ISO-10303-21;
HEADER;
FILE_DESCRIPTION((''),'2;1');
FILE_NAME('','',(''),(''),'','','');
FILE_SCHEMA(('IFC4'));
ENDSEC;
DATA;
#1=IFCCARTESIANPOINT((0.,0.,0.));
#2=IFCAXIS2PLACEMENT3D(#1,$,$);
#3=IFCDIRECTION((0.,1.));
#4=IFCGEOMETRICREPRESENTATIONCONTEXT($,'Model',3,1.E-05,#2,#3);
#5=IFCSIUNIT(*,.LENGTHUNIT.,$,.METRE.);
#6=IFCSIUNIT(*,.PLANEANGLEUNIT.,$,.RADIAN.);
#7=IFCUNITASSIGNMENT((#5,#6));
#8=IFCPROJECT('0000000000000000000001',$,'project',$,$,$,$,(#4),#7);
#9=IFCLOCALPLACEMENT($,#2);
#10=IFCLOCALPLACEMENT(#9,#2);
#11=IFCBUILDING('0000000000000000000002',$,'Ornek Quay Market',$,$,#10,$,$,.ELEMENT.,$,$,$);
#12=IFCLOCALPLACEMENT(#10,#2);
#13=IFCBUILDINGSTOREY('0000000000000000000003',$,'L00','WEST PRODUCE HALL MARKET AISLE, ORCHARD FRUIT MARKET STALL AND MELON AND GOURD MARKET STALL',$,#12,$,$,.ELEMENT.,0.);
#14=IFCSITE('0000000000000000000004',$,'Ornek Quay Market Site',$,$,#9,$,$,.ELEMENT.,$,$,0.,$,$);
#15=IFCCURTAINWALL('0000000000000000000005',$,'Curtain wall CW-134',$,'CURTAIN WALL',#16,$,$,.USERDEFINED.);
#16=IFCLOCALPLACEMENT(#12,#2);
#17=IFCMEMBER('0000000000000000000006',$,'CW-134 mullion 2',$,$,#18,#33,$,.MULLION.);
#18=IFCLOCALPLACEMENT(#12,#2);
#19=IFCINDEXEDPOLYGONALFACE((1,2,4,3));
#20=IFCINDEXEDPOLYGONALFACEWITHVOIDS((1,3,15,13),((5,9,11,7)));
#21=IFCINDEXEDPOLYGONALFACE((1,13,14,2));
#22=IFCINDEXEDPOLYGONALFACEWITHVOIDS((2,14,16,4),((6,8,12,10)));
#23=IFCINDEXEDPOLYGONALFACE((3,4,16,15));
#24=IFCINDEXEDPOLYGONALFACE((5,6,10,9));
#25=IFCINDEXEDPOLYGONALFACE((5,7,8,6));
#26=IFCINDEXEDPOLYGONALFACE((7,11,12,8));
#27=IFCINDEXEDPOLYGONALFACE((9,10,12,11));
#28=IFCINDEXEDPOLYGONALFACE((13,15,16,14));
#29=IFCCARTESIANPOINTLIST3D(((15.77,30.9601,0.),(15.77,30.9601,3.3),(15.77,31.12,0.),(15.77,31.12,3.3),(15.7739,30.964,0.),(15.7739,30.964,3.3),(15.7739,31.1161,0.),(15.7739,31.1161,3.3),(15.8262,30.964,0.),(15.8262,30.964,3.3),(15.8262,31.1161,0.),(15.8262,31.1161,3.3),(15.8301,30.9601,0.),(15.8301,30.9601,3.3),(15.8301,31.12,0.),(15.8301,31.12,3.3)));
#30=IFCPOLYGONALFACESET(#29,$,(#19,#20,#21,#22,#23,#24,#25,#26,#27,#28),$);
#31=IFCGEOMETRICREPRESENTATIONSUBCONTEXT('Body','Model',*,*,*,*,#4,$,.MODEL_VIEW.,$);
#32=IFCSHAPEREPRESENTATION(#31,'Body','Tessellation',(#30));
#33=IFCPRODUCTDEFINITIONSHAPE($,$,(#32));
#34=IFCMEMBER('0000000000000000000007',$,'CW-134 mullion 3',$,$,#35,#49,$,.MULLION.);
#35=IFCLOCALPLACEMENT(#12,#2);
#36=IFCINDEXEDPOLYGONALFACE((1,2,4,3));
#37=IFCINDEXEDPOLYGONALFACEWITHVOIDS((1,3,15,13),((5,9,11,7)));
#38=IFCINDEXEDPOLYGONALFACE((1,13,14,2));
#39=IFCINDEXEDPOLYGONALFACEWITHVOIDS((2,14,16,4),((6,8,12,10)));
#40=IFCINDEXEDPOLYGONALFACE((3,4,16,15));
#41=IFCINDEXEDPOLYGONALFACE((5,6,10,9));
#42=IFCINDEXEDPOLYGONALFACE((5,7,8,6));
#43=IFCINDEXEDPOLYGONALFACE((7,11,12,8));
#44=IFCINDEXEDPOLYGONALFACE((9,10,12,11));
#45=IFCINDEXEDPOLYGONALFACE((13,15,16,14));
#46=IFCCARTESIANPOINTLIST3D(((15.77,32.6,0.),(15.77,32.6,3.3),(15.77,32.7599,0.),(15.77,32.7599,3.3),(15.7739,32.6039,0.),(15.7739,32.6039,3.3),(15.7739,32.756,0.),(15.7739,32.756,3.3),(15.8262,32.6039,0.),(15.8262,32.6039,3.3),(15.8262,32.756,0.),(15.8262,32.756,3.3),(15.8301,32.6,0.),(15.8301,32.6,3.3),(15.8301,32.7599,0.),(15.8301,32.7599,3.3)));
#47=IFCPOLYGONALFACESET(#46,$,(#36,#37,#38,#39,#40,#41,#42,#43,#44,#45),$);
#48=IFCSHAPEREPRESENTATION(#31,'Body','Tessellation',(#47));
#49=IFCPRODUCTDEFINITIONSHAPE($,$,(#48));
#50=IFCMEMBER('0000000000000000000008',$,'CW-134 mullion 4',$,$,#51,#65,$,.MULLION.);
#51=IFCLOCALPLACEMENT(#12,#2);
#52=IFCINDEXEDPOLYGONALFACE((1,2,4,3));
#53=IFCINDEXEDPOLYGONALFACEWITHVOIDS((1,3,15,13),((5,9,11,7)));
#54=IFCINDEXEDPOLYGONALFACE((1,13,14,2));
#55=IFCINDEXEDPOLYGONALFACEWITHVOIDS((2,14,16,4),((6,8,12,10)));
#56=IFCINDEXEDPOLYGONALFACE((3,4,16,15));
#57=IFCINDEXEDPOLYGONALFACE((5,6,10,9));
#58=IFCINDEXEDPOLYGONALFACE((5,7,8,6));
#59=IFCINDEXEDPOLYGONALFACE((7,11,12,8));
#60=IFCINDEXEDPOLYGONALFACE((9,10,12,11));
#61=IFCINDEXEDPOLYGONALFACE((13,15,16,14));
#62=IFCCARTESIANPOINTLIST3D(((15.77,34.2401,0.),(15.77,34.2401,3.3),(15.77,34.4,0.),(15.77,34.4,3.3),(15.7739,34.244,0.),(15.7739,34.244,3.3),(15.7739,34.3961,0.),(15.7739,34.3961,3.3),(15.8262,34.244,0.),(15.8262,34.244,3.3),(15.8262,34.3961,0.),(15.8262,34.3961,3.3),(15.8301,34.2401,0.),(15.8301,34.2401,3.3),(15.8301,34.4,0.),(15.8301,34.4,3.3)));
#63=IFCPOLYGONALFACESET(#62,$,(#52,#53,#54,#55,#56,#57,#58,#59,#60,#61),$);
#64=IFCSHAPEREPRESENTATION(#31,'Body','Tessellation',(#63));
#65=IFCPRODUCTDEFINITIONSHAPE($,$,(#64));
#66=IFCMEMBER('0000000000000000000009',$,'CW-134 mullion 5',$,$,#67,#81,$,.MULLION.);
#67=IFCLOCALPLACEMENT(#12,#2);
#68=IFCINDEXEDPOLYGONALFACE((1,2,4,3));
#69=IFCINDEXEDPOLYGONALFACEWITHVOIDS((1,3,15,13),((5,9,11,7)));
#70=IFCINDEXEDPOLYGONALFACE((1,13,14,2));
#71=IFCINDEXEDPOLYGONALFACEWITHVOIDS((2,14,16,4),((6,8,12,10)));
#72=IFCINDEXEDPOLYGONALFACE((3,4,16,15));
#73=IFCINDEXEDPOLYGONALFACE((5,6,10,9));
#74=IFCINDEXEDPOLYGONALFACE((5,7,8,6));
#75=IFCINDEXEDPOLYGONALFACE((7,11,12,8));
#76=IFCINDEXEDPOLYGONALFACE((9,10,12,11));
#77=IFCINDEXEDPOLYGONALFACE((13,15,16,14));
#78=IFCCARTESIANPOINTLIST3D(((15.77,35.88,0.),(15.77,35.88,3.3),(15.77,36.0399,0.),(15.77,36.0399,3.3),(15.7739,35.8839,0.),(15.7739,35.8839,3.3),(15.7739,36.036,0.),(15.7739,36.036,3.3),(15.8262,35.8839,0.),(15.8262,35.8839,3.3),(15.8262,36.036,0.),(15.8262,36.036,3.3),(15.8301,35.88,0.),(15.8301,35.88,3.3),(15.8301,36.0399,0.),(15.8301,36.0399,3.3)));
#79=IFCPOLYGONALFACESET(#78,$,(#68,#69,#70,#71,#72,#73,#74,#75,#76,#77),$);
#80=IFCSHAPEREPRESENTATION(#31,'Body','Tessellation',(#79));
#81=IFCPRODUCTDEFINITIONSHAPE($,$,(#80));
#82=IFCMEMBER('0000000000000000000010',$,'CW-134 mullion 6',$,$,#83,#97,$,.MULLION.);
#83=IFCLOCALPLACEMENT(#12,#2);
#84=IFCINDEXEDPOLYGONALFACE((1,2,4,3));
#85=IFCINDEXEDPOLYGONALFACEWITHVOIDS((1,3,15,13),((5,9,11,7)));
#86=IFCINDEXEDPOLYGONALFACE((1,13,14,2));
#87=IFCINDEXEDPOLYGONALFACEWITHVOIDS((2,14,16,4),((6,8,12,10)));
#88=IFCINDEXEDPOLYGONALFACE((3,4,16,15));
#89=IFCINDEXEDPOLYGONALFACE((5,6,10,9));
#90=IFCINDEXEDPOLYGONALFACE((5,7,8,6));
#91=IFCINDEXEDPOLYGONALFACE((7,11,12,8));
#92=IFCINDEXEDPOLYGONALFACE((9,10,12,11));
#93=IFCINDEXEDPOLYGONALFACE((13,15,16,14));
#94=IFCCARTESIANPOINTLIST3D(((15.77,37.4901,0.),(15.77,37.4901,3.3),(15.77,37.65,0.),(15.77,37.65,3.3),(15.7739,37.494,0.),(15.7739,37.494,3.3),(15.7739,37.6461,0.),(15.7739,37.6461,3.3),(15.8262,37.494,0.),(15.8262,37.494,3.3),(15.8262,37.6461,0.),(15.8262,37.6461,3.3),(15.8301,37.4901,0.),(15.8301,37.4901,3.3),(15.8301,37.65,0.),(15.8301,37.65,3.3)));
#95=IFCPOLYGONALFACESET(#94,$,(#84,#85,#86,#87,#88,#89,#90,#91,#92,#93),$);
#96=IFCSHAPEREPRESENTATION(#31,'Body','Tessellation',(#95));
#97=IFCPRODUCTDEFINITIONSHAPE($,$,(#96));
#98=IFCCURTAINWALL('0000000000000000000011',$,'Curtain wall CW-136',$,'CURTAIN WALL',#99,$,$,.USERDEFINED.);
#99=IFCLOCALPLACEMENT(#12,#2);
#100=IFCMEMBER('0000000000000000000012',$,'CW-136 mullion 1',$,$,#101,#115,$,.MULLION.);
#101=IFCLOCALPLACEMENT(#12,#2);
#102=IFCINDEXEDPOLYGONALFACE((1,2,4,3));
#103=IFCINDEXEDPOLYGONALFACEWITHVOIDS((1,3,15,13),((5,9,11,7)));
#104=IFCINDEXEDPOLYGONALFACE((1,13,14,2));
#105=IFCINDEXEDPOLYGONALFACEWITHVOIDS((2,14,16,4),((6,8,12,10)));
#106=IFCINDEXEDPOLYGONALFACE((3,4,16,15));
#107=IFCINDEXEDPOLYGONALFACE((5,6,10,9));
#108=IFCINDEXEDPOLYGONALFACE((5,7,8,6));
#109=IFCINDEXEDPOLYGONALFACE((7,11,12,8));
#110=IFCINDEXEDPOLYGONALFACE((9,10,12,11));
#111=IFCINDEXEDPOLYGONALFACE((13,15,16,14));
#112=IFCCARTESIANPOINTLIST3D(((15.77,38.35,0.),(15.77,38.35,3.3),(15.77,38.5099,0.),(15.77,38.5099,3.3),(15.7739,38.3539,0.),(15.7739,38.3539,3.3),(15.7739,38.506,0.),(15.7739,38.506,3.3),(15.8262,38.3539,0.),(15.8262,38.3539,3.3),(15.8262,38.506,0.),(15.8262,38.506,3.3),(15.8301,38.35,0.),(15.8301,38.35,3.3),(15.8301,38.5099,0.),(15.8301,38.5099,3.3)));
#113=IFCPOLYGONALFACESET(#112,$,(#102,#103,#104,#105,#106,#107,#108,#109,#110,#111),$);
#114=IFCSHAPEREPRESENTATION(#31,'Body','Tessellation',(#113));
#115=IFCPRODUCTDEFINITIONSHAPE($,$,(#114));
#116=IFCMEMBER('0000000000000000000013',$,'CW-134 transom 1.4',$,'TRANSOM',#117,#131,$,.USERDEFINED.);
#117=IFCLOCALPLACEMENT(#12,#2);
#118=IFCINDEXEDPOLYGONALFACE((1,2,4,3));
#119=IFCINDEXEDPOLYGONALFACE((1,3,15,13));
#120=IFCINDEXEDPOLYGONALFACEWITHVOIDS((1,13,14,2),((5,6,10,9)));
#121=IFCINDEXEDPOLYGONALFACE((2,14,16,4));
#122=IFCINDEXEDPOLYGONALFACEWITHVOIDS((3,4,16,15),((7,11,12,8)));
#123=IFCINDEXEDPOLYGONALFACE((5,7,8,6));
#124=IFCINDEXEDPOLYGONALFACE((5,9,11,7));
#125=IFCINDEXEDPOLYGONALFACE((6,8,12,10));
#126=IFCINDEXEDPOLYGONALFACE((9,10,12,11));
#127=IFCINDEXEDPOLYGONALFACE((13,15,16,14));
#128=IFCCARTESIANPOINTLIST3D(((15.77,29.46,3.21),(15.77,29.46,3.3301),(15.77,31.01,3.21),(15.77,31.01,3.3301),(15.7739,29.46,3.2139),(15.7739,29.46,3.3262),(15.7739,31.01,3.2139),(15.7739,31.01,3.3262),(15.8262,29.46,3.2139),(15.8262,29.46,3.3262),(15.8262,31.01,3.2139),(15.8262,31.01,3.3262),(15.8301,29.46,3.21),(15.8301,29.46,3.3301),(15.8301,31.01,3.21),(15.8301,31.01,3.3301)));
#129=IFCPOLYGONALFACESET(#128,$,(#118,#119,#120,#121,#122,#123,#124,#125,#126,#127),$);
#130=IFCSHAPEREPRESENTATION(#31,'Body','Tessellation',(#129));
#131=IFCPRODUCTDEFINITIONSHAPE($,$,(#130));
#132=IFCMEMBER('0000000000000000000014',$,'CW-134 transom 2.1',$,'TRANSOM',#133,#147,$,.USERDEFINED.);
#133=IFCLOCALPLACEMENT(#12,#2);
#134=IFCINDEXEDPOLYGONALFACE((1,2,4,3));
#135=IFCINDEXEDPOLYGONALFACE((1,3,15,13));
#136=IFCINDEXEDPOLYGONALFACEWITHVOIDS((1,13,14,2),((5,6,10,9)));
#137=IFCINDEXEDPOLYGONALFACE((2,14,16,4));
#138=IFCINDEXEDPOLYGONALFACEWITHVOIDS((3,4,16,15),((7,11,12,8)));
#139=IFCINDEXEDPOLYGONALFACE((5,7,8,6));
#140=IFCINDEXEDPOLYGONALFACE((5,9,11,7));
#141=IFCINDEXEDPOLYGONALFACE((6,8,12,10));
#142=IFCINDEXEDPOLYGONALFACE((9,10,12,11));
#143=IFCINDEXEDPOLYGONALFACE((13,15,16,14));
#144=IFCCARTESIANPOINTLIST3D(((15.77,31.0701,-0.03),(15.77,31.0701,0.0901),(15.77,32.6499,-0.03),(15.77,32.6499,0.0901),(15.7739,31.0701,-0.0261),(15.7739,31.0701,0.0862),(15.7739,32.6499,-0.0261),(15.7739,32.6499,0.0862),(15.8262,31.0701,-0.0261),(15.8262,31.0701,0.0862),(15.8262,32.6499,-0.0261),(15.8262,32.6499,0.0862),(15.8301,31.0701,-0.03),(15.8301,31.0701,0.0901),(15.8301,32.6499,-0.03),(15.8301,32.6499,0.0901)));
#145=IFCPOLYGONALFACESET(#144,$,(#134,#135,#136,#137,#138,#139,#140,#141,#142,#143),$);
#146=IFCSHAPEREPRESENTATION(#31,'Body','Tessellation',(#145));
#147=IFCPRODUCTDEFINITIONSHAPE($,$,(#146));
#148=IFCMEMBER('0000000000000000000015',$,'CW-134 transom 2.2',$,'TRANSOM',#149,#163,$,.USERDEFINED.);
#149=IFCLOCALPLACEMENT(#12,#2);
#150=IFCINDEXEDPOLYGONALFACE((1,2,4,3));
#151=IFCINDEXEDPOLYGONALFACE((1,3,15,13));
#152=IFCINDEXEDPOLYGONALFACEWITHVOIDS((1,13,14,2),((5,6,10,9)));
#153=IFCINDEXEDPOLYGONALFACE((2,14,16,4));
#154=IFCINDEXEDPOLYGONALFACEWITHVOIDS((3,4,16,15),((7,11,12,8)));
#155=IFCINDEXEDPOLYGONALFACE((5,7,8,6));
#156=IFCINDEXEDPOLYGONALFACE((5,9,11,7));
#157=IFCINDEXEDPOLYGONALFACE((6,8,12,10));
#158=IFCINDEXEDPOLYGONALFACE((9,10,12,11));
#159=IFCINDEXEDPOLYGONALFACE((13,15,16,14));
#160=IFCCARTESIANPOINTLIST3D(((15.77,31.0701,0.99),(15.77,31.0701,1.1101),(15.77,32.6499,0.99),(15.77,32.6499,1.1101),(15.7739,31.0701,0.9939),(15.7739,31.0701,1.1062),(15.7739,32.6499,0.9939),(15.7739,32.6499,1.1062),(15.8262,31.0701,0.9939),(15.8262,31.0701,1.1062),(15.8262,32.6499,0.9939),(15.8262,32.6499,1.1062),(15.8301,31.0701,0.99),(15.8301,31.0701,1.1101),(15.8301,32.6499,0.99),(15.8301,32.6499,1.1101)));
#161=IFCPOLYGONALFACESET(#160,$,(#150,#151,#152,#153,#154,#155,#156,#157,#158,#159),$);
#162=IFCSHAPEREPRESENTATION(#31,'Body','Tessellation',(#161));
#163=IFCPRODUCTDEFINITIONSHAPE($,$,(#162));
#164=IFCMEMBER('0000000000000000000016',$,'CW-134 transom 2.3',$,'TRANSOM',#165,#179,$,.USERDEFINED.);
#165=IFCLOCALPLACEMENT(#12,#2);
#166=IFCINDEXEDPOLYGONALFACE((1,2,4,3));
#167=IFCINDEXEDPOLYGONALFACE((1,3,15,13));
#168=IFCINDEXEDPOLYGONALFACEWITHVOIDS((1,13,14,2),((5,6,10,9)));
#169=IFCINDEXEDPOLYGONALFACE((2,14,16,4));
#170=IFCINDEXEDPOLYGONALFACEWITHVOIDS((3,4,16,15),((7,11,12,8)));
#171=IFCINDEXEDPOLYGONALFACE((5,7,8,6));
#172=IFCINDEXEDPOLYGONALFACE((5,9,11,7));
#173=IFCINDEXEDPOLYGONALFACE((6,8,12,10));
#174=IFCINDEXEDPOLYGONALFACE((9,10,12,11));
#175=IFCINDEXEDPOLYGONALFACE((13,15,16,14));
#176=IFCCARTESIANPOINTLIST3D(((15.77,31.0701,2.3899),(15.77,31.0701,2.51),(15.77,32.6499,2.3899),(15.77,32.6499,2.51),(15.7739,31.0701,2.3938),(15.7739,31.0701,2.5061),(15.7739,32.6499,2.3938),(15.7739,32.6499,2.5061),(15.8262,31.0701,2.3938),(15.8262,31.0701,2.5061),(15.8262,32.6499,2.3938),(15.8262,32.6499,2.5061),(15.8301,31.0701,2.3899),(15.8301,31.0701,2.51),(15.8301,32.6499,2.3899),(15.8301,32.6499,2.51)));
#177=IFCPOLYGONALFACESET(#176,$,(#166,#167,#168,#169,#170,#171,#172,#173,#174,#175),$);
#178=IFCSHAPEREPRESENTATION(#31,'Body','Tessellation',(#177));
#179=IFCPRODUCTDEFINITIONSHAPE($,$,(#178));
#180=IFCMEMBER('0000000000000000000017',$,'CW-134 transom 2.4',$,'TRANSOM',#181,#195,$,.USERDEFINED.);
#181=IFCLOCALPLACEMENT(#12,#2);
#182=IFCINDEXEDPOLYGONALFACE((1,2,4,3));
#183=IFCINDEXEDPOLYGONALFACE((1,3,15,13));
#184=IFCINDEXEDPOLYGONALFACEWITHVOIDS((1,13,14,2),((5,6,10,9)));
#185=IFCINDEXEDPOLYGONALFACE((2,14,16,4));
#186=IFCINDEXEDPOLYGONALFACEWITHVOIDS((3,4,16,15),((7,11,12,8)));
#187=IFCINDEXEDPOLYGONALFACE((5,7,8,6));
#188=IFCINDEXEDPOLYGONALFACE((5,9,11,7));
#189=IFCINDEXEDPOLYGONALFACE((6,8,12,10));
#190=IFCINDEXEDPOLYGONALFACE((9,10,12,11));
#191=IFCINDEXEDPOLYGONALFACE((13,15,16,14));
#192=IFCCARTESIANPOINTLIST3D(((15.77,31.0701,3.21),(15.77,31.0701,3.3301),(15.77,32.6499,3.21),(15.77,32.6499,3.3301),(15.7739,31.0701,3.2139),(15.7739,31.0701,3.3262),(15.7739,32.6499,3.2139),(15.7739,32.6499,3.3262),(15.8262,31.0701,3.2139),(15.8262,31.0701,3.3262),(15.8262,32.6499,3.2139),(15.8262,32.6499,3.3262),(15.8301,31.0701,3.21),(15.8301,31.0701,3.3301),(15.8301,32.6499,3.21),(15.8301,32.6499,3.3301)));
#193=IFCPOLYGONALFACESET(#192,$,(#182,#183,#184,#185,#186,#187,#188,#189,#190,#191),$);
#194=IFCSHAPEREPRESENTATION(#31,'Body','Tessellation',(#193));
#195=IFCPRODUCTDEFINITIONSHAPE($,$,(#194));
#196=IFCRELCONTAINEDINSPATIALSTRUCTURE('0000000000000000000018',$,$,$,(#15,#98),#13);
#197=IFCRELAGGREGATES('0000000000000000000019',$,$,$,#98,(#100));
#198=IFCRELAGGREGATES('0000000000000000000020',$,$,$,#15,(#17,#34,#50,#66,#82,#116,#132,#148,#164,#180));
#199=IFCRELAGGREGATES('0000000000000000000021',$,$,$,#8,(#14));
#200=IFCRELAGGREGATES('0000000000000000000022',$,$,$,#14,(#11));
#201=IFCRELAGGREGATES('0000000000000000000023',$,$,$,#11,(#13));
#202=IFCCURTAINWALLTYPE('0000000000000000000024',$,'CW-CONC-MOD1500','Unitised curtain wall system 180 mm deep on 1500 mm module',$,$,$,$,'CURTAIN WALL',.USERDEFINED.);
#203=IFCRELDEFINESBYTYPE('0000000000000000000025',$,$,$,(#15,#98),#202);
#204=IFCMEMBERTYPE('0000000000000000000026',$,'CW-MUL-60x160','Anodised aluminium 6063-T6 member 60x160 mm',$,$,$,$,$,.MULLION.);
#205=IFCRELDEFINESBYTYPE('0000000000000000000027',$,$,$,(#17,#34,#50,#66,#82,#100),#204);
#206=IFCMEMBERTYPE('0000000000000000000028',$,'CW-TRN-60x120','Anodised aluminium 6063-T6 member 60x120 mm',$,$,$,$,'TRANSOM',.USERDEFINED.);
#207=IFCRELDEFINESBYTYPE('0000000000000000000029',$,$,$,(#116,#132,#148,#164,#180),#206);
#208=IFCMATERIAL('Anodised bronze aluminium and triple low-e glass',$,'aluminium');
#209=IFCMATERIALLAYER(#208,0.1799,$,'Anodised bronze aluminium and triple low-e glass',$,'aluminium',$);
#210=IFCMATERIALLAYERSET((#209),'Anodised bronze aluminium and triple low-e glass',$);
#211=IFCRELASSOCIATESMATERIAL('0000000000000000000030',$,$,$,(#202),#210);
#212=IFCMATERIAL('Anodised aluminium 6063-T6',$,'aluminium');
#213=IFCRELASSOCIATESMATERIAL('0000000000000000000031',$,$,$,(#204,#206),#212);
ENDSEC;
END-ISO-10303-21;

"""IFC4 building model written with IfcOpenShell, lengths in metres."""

from ifc_helpers import new_model, si_unit, direction, frame, origin, origin_2d, place, context, subcontext, project, spatial, hollow_rectangle, extrude, material, layer, layer_set, material_profile, profile_set, type_object, element, aggregate, save


model = new_model("IFC4")

# Units and contexts
model_context = context("Model", 3, precision=1e-05, world=origin(), true_north=direction((0.0, 1.0)))
body_context = subcontext(model_context, "Body", "Model", "MODEL_VIEW")
ifc_project = project(units=[si_unit("LENGTHUNIT", "METRE"), si_unit("PLANEANGLEUNIT", "RADIAN")], contexts=[model_context])

# Site, building, storey
site_placement = place(None, origin())
site = spatial("IfcSite", under=ifc_project, at=site_placement, Name="Ornek Quay Market Site", CompositionType="ELEMENT", RefElevation=0.0)
building_placement = place(site_placement, origin())
building = spatial("IfcBuilding", under=site, at=building_placement, Name="Ornek Quay Market", CompositionType="ELEMENT")
storey_placement = place(building_placement, origin())
storey = spatial("IfcBuildingStorey", under=building, at=storey_placement, Name="L00", Description="WEST PRODUCE HALL MARKET AISLE, ORCHARD FRUIT MARKET STALL AND MELON AND GOURD MARKET STALL", CompositionType="ELEMENT", Elevation=0.0)

# Curtain wall, members
ifc_material_1 = material(Name="Anodised bronze aluminium and triple low-e glass", Category="aluminium")
ifc_layer_1 = layer(ifc_material_1, 0.1799, Name="Anodised bronze aluminium and triple low-e glass", Category="aluminium")
ifc_layer_set_1 = layer_set([ifc_layer_1], Name="Anodised bronze aluminium and triple low-e glass")
curtain_wall_type = type_object("IfcCurtainWallType", Name="CW-CONC-MOD1500", Description="Unitised curtain wall system 180 mm deep on 1500 mm module", ElementType="CURTAIN WALL", PredefinedType="USERDEFINED", material=ifc_layer_set_1)
curtain_wall_1_placement = place(storey_placement, origin())
curtain_wall_1 = element("IfcCurtainWall", 1, at=curtain_wall_1_placement, inside=storey, type_object=curtain_wall_type, Name="Curtain wall CW-134", ObjectType="CURTAIN WALL", PredefinedType="USERDEFINED")
ifc_material_2 = material(Name="Anodised aluminium 6063-T6", Category="aluminium")
ifc_material_profile_1 = material_profile(ifc_material_2, hollow_rectangle(XDim=0.0601, YDim=0.1599, WallThickness=0.0039, at=origin_2d()), Name="CW-MUL-60x160", Category="aluminium")
ifc_profile_set_1 = profile_set([ifc_material_profile_1], Name="Anodised aluminium 6063-T6")
member_type_1 = type_object("IfcMemberType", Name="CW-MUL-60x160", Description="Anodised aluminium 6063-T6 member 60x160 mm", PredefinedType="MULLION", material=ifc_profile_set_1)
member_1_placement = place(storey_placement, frame((15.8, 31.04, 0.0), z_axis=(0.0, 0.0, 1.0), x_axis=(-1.0, 0.0, 0.0)))
member_1 = element("IfcMember", 2, at=member_1_placement, type_object=member_type_1, Name="CW-134 mullion 2", PredefinedType="MULLION", context=body_context, shape_type="SweptSolid", body=[
    extrude(hollow_rectangle(XDim=0.0601, YDim=0.1599, WallThickness=0.0039, at=origin_2d()), origin(), (0.0, 0.0, 1.0), 3.3),
])
member_2_placement = place(storey_placement, frame((15.8, 32.6799, 0.0), z_axis=(0.0, 0.0, 1.0), x_axis=(-1.0, 0.0, 0.0)))
member_2 = element("IfcMember", 3, at=member_2_placement, type_object=member_type_1, Name="CW-134 mullion 3", PredefinedType="MULLION", context=body_context, shape_type="SweptSolid", body=[
    extrude(hollow_rectangle(XDim=0.0601, YDim=0.1599, WallThickness=0.0039, at=origin_2d()), origin(), (0.0, 0.0, 1.0), 3.3),
])
member_3_placement = place(storey_placement, frame((15.8, 34.3201, 0.0), z_axis=(0.0, 0.0, 1.0), x_axis=(-1.0, 0.0, 0.0)))
member_3 = element("IfcMember", 4, at=member_3_placement, type_object=member_type_1, Name="CW-134 mullion 4", PredefinedType="MULLION", context=body_context, shape_type="SweptSolid", body=[
    extrude(hollow_rectangle(XDim=0.0601, YDim=0.1599, WallThickness=0.0039, at=origin_2d()), origin(), (0.0, 0.0, 1.0), 3.3),
])
member_4_placement = place(storey_placement, frame((15.8, 35.96, 0.0), z_axis=(0.0, 0.0, 1.0), x_axis=(-1.0, 0.0, 0.0)))
member_4 = element("IfcMember", 5, at=member_4_placement, type_object=member_type_1, Name="CW-134 mullion 5", PredefinedType="MULLION", context=body_context, shape_type="SweptSolid", body=[
    extrude(hollow_rectangle(XDim=0.0601, YDim=0.1599, WallThickness=0.0039, at=origin_2d()), origin(), (0.0, 0.0, 1.0), 3.3),
])
member_5_placement = place(storey_placement, frame((15.8, 37.5701, 0.0), z_axis=(0.0, 0.0, 1.0), x_axis=(-1.0, 0.0, 0.0)))
member_5 = element("IfcMember", 6, at=member_5_placement, type_object=member_type_1, Name="CW-134 mullion 6", PredefinedType="MULLION", context=body_context, shape_type="SweptSolid", body=[
    extrude(hollow_rectangle(XDim=0.0601, YDim=0.1599, WallThickness=0.0039, at=origin_2d()), origin(), (0.0, 0.0, 1.0), 3.3),
])

# Curtain wall, member
curtain_wall_2_placement = place(storey_placement, origin())
curtain_wall_2 = element("IfcCurtainWall", 7, at=curtain_wall_2_placement, inside=storey, type_object=curtain_wall_type, Name="Curtain wall CW-136", ObjectType="CURTAIN WALL", PredefinedType="USERDEFINED")
member_6_placement = place(storey_placement, frame((15.8, 38.4299, 0.0), z_axis=(0.0, 0.0, 1.0), x_axis=(-1.0, 0.0, 0.0)))
member_6 = element("IfcMember", 8, at=member_6_placement, type_object=member_type_1, Name="CW-136 mullion 1", PredefinedType="MULLION", context=body_context, shape_type="SweptSolid", body=[
    extrude(hollow_rectangle(XDim=0.0601, YDim=0.1599, WallThickness=0.0039, at=origin_2d()), origin(), (0.0, 0.0, 1.0), 3.3),
])

# Members
ifc_material_profile_2 = material_profile(ifc_material_2, hollow_rectangle(XDim=0.0601, YDim=0.1201, WallThickness=0.0039, at=origin_2d()), Name="CW-TRN-60x120", Category="aluminium")
ifc_profile_set_2 = profile_set([ifc_material_profile_2], Name="Anodised aluminium 6063-T6")
member_type_2 = type_object("IfcMemberType", Name="CW-TRN-60x120", Description="Anodised aluminium 6063-T6 member 60x120 mm", ElementType="TRANSOM", PredefinedType="USERDEFINED", material=ifc_profile_set_2)
member_7_placement = place(storey_placement, frame((15.8, 29.46, 3.27), z_axis=(0.0, 1.0, 0.0), x_axis=(-1.0, 0.0, 0.0)))
member_7 = element("IfcMember", 9, at=member_7_placement, type_object=member_type_2, Name="CW-134 transom 1.4", ObjectType="TRANSOM", PredefinedType="USERDEFINED", context=body_context, shape_type="SweptSolid", body=[
    extrude(hollow_rectangle(XDim=0.0601, YDim=0.1201, WallThickness=0.0039, at=origin_2d()), origin(), (0.0, 0.0, 1.0), 1.55),
])
member_8_placement = place(storey_placement, frame((15.8, 31.0701, 0.03), z_axis=(0.0, 1.0, 0.0), x_axis=(-1.0, 0.0, 0.0)))
member_8 = element("IfcMember", 10, at=member_8_placement, type_object=member_type_2, Name="CW-134 transom 2.1", ObjectType="TRANSOM", PredefinedType="USERDEFINED", context=body_context, shape_type="SweptSolid", body=[
    extrude(hollow_rectangle(XDim=0.0601, YDim=0.1201, WallThickness=0.0039, at=origin_2d()), origin(), (0.0, 0.0, 1.0), 1.5798),
])
member_9_placement = place(storey_placement, frame((15.8, 31.0701, 1.05), z_axis=(0.0, 1.0, 0.0), x_axis=(-1.0, 0.0, 0.0)))
member_9 = element("IfcMember", 11, at=member_9_placement, type_object=member_type_2, Name="CW-134 transom 2.2", ObjectType="TRANSOM", PredefinedType="USERDEFINED", context=body_context, shape_type="SweptSolid", body=[
    extrude(hollow_rectangle(XDim=0.0601, YDim=0.1201, WallThickness=0.0039, at=origin_2d()), origin(), (0.0, 0.0, 1.0), 1.5798),
])
member_10_placement = place(storey_placement, frame((15.8, 31.0701, 2.45), z_axis=(0.0, 1.0, 0.0), x_axis=(-1.0, 0.0, 0.0)))
member_10 = element("IfcMember", 12, at=member_10_placement, type_object=member_type_2, Name="CW-134 transom 2.3", ObjectType="TRANSOM", PredefinedType="USERDEFINED", context=body_context, shape_type="SweptSolid", body=[
    extrude(hollow_rectangle(XDim=0.0601, YDim=0.1201, WallThickness=0.0039, at=origin_2d()), origin(), (0.0, 0.0, 1.0), 1.5798),
])
member_11_placement = place(storey_placement, frame((15.8, 31.0701, 3.27), z_axis=(0.0, 1.0, 0.0), x_axis=(-1.0, 0.0, 0.0)))
member_11 = element("IfcMember", 13, at=member_11_placement, type_object=member_type_2, Name="CW-134 transom 2.4", ObjectType="TRANSOM", PredefinedType="USERDEFINED", context=body_context, shape_type="SweptSolid", body=[
    extrude(hollow_rectangle(XDim=0.0601, YDim=0.1201, WallThickness=0.0039, at=origin_2d()), origin(), (0.0, 0.0, 1.0), 1.5798),
])
aggregate(curtain_wall_2, [member_6])

aggregate(curtain_wall_1, [member_1, member_2, member_3, member_4, member_5, member_7, member_8, member_9, member_10, member_11])

save(model, "model.ifc")
